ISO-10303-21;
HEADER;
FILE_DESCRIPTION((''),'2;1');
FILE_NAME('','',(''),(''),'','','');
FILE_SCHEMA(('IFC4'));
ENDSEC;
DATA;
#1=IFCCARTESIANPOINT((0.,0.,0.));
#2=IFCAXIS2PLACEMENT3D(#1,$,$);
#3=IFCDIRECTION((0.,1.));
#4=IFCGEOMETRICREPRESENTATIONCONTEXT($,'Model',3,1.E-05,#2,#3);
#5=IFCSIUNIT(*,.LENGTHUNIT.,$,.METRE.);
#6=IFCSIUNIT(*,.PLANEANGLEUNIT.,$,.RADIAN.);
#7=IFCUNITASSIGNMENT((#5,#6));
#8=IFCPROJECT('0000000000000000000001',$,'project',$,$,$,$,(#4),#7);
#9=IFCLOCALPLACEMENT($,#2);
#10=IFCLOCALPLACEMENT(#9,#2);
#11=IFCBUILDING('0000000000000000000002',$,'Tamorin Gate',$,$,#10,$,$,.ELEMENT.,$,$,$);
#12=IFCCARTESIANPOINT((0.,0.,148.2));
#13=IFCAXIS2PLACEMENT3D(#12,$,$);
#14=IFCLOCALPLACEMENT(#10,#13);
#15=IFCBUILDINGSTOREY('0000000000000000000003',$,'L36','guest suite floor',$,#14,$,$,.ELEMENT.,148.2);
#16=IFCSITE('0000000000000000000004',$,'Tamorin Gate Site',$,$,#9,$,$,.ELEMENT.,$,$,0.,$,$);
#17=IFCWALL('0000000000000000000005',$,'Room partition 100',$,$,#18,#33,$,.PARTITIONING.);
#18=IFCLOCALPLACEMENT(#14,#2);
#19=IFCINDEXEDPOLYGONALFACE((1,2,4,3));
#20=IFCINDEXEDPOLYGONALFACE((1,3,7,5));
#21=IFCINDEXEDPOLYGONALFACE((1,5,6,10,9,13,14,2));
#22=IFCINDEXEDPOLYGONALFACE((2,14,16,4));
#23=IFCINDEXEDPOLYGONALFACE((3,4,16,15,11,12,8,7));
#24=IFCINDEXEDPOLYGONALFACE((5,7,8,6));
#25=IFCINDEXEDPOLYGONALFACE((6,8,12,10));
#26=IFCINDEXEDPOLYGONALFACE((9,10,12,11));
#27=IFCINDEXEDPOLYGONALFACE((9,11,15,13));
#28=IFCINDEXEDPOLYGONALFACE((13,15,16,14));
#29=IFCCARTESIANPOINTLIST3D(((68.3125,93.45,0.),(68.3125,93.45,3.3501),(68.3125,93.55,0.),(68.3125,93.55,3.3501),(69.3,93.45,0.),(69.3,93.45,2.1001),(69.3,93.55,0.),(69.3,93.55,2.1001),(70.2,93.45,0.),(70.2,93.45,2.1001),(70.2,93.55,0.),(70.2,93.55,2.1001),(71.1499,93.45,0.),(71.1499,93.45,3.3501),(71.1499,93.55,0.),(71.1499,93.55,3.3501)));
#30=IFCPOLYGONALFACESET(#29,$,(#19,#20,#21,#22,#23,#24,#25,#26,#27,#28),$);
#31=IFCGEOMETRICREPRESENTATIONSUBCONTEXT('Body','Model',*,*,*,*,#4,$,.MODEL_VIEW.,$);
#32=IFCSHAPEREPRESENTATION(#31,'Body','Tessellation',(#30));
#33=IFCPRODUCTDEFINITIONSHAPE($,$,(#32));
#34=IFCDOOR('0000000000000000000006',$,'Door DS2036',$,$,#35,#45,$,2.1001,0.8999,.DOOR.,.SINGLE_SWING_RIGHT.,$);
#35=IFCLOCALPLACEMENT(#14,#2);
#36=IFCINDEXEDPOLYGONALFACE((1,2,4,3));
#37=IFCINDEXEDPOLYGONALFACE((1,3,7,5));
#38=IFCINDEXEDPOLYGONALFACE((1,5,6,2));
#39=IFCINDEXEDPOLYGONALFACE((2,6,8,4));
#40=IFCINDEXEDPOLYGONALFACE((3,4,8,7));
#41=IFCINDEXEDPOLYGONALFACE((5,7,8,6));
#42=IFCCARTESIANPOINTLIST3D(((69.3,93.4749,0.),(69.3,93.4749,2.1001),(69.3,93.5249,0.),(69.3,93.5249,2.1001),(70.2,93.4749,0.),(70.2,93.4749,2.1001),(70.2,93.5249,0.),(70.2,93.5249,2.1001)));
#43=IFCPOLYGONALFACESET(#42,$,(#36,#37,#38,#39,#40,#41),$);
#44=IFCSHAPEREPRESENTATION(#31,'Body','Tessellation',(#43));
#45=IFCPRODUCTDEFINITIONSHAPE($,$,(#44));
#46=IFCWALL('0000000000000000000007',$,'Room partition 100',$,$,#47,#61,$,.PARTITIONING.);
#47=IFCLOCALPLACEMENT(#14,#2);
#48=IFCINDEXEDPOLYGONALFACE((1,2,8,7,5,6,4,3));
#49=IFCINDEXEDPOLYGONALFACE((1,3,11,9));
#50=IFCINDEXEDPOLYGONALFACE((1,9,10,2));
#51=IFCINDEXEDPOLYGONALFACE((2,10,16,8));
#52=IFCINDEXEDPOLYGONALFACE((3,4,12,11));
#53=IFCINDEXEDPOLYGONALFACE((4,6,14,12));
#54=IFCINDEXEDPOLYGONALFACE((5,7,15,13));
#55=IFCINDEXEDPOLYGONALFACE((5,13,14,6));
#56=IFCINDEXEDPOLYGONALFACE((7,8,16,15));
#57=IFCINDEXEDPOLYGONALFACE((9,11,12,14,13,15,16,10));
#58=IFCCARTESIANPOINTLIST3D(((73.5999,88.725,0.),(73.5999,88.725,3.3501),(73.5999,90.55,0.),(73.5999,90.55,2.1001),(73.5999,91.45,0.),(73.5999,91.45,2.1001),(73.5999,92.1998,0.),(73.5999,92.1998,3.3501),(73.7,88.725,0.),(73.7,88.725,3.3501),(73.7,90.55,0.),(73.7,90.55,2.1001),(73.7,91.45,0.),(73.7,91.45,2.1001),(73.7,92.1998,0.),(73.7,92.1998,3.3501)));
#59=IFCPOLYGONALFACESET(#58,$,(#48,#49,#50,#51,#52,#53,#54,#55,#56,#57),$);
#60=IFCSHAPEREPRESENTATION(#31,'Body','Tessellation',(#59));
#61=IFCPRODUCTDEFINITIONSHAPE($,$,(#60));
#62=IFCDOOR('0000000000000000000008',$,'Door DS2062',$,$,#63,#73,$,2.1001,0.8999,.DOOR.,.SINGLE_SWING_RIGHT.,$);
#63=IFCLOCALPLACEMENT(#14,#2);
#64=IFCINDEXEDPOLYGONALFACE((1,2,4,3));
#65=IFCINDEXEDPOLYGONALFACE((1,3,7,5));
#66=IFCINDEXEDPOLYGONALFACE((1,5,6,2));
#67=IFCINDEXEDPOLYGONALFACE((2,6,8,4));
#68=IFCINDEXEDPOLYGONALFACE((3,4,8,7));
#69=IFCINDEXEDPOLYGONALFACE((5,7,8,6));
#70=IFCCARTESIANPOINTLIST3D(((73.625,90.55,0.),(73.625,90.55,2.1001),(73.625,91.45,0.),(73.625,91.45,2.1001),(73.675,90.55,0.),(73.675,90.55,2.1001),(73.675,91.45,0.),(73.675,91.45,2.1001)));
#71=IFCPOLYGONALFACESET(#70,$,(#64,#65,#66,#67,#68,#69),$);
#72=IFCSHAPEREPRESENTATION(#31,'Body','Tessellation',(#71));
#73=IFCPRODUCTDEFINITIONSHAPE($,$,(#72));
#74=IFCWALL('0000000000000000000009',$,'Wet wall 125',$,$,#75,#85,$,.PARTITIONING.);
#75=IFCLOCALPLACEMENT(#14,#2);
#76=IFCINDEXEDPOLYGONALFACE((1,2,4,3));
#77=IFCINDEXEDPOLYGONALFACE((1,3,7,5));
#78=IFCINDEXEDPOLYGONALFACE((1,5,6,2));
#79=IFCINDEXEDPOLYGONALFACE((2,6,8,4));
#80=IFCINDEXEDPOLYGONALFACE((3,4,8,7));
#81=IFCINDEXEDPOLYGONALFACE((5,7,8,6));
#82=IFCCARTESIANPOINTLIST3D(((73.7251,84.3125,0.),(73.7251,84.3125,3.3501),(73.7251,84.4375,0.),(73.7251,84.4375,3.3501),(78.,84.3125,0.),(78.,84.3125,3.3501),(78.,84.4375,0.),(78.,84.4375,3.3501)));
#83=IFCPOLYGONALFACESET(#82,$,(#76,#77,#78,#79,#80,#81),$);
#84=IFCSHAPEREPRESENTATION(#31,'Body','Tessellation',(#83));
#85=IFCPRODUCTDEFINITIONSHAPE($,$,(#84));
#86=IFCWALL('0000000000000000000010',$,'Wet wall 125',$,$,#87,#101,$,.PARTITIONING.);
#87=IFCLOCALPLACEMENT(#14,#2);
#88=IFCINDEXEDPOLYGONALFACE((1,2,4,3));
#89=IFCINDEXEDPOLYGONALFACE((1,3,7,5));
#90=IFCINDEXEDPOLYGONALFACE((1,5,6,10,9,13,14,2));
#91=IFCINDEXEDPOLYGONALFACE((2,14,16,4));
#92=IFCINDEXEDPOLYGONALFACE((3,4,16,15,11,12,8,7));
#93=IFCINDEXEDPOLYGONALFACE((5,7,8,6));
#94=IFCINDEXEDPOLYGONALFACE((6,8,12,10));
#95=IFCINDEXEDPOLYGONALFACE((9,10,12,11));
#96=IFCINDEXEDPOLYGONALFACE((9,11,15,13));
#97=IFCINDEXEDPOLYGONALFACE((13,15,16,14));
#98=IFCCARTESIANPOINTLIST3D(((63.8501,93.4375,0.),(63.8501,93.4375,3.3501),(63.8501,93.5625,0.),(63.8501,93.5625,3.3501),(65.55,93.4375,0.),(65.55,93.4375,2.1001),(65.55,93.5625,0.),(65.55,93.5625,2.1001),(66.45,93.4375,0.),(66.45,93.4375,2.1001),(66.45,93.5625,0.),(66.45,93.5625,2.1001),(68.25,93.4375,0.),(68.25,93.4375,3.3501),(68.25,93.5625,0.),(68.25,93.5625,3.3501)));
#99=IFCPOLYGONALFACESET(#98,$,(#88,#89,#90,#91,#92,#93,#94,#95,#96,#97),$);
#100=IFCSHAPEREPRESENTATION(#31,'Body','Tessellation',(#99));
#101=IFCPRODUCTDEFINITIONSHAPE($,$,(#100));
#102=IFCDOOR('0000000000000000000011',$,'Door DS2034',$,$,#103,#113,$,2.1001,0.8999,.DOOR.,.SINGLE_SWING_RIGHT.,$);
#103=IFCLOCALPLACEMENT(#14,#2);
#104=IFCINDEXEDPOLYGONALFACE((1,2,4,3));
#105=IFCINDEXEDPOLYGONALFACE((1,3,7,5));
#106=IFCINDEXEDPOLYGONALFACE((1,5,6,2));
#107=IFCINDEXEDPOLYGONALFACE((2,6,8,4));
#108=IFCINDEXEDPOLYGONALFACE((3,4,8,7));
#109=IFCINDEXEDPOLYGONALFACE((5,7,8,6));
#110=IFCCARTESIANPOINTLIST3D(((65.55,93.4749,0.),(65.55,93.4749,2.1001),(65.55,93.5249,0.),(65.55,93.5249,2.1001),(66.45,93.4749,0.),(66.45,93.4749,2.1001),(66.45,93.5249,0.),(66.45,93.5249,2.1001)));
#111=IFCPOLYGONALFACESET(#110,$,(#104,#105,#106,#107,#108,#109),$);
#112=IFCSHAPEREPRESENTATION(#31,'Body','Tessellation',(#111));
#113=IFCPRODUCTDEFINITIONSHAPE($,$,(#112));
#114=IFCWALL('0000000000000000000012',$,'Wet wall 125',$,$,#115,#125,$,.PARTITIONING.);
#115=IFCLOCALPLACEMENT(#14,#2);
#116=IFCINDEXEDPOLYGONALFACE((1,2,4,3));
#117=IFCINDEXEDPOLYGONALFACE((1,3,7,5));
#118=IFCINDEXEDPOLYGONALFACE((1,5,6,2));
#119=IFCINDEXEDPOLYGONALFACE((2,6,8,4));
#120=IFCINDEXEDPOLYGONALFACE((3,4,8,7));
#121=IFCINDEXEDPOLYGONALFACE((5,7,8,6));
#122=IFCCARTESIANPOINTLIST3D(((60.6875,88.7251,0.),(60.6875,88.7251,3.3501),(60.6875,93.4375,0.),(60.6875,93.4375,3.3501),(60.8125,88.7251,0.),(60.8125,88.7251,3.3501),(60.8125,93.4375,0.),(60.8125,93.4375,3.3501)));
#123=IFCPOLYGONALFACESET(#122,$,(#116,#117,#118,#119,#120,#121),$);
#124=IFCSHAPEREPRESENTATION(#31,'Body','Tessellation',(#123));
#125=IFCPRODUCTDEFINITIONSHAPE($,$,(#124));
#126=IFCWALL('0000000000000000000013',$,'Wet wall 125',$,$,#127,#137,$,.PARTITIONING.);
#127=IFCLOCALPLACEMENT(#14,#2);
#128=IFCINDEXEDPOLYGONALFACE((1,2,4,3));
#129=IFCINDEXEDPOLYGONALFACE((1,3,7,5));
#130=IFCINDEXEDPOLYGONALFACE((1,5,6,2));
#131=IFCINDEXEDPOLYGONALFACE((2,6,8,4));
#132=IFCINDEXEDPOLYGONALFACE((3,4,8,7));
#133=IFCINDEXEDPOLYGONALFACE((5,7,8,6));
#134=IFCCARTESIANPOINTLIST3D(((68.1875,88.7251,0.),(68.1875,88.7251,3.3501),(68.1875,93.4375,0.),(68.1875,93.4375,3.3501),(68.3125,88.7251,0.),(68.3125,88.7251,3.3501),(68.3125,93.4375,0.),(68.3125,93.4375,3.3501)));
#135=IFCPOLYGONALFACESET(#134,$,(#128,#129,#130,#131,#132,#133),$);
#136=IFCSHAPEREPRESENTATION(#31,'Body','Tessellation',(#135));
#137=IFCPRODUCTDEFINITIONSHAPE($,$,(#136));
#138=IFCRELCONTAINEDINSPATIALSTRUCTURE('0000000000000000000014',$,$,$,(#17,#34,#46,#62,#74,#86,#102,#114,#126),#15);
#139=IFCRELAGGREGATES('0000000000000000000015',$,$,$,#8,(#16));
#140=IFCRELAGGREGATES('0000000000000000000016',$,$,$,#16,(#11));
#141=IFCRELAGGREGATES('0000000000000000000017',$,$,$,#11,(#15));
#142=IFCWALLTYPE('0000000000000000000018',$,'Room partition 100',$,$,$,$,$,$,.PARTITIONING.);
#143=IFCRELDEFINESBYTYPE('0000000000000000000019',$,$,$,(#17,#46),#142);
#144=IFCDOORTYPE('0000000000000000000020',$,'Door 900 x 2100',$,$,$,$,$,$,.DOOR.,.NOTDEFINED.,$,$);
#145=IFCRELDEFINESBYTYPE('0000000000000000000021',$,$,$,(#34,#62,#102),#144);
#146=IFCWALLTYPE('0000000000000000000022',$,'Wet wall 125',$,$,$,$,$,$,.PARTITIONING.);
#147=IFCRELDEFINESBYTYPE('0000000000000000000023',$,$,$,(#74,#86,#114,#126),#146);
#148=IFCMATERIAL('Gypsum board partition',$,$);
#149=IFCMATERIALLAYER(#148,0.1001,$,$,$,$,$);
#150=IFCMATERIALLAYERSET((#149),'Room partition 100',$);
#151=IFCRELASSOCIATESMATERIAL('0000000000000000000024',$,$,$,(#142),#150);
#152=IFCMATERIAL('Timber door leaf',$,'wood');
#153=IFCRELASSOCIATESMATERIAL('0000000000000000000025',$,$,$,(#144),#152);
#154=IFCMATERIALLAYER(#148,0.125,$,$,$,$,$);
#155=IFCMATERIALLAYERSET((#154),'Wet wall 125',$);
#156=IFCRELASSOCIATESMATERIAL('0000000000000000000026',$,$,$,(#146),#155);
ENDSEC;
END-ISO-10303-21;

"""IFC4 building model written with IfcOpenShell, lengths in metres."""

from ifc_helpers import new_model, si_unit, direction, frame, frame_2d, origin, place, context, subcontext, project, spatial, rectangle, extrude, material, layer, layer_set, type_object, element, fill, save


model = new_model("IFC4")

# Units and contexts
model_context = context("Model", 3, precision=1e-05, world=origin(), true_north=direction((0.0, 1.0)))
body_context = subcontext(model_context, "Body", "Model", "MODEL_VIEW")
ifc_project = project(units=[si_unit("LENGTHUNIT", "METRE"), si_unit("PLANEANGLEUNIT", "RADIAN")], contexts=[model_context])

# Site, building, storey
site_placement = place(None, origin())
site = spatial("IfcSite", under=ifc_project, at=site_placement, Name="Tamorin Gate Site", CompositionType="ELEMENT", RefElevation=0.0)
building_placement = place(site_placement, origin())
building = spatial("IfcBuilding", under=site, at=building_placement, Name="Tamorin Gate", CompositionType="ELEMENT")
storey_placement = place(building_placement, frame((0.0, 0.0, 148.2)))
storey = spatial("IfcBuildingStorey", under=building, at=storey_placement, Name="L36", Description="guest suite floor", CompositionType="ELEMENT", Elevation=148.2)

# Shared definitions
ifc_material_1 = material(Name="Gypsum board partition")

# Walls, openings, doors
ifc_layer_1 = layer(ifc_material_1, 0.1001)
ifc_layer_set_1 = layer_set([ifc_layer_1], Name="Room partition 100")
wall_type_1 = type_object("IfcWallType", Name="Room partition 100", PredefinedType="PARTITIONING", material=ifc_layer_set_1)
ifc_material_2 = material(Name="Timber door leaf", Category="wood")
door_type = type_object("IfcDoorType", Name="Door 900 x 2100", OperationType="NOTDEFINED", PredefinedType="DOOR", material=ifc_material_2)
wall_1_placement = place(storey_placement, frame((68.3125, 93.5, 0.0), z_axis=(0.0, 0.0, 1.0), x_axis=(1.0, 0.0, 0.0)))
wall_1 = element("IfcWall", 1, at=wall_1_placement, inside=storey, type_object=wall_type_1, Name="Room partition 100", PredefinedType="PARTITIONING", context=body_context, shape_type="SweptSolid", body=[
    extrude(rectangle(XDim=2.8374, YDim=0.1001, at=frame_2d((1.4187, 0.0))), origin(), (0.0, 0.0, 1.0), 3.3501),
])
opening_1_placement = place(wall_1_placement, frame((0.9875, 0.0, 0.0)))
opening_1 = element("IfcOpeningElement", 2, at=opening_1_placement, cuts=wall_1, PredefinedType="OPENING", context=body_context, shape_type="SweptSolid", body=[
    extrude(rectangle(XDim=0.8999, YDim=2.1001, at=frame_2d((0.45, 1.05))), frame((0.0, 0.0601, 0.0), z_axis=(0.0, -1.0, 0.0), x_axis=(1.0, 0.0, 0.0)), (0.0, 0.0, 1.0), 0.1201),
])
door_1_placement = place(opening_1_placement, origin())
door_1 = element("IfcDoor", 3, at=door_1_placement, inside=storey, type_object=door_type, Name="Door DS2036", OperationType="SINGLE_SWING_RIGHT", OverallHeight=2.1001, OverallWidth=0.8999, PredefinedType="DOOR", context=body_context, shape_type="SweptSolid", body=[
    extrude(rectangle(XDim=0.8999, YDim=2.1001, at=frame_2d((0.45, 1.05))), frame((0.0, 0.0249, 0.0), z_axis=(0.0, -1.0, 0.0), x_axis=(1.0, 0.0, 0.0)), (0.0, 0.0, 1.0), 0.05),
])
fill(opening_1, door_1)
wall_2_placement = place(storey_placement, frame((73.6499, 88.7251, 0.0), z_axis=(0.0, 0.0, 1.0), x_axis=(0.0, 1.0, 0.0)))
wall_2 = element("IfcWall", 4, at=wall_2_placement, inside=storey, type_object=wall_type_1, Name="Room partition 100", PredefinedType="PARTITIONING", context=body_context, shape_type="SweptSolid", body=[
    extrude(rectangle(XDim=3.4749, YDim=0.1001, at=frame_2d((1.7373, 0.0))), origin(), (0.0, 0.0, 1.0), 3.3501),
])
opening_2_placement = place(wall_2_placement, frame((1.825, 0.0, 0.0)))
opening_2 = element("IfcOpeningElement", 5, at=opening_2_placement, cuts=wall_2, PredefinedType="OPENING", context=body_context, shape_type="SweptSolid", body=[
    extrude(rectangle(XDim=0.8999, YDim=2.1001, at=frame_2d((0.45, 1.05))), frame((0.0, 0.0601, 0.0), z_axis=(0.0, -1.0, 0.0), x_axis=(1.0, 0.0, 0.0)), (0.0, 0.0, 1.0), 0.1201),
])
door_2_placement = place(opening_2_placement, origin())
door_2 = element("IfcDoor", 6, at=door_2_placement, inside=storey, type_object=door_type, Name="Door DS2062", OperationType="SINGLE_SWING_RIGHT", OverallHeight=2.1001, OverallWidth=0.8999, PredefinedType="DOOR", context=body_context, shape_type="SweptSolid", body=[
    extrude(rectangle(XDim=0.8999, YDim=2.1001, at=frame_2d((0.45, 1.05))), frame((0.0, 0.0249, 0.0), z_axis=(0.0, -1.0, 0.0), x_axis=(1.0, 0.0, 0.0)), (0.0, 0.0, 1.0), 0.05),
])
fill(opening_2, door_2)

# Wall
ifc_layer_2 = layer(ifc_material_1, 0.125)
ifc_layer_set_2 = layer_set([ifc_layer_2], Name="Wet wall 125")
wall_type_2 = type_object("IfcWallType", Name="Wet wall 125", PredefinedType="PARTITIONING", material=ifc_layer_set_2)
wall_3_placement = place(storey_placement, frame((73.7251, 84.375, 0.0), z_axis=(0.0, 0.0, 1.0), x_axis=(1.0, 0.0, 0.0)))
element("IfcWall", 7, at=wall_3_placement, inside=storey, type_object=wall_type_2, Name="Wet wall 125", PredefinedType="PARTITIONING", context=body_context, shape_type="SweptSolid", body=[
    extrude(rectangle(XDim=4.2749, YDim=0.125, at=frame_2d((2.1375, 0.0))), origin(), (0.0, 0.0, 1.0), 3.3501),
])

# Wall, opening, door
wall_4_placement = place(storey_placement, frame((63.8501, 93.5, 0.0), z_axis=(0.0, 0.0, 1.0), x_axis=(1.0, 0.0, 0.0)))
wall_4 = element("IfcWall", 8, at=wall_4_placement, inside=storey, type_object=wall_type_2, Name="Wet wall 125", PredefinedType="PARTITIONING", context=body_context, shape_type="SweptSolid", body=[
    extrude(rectangle(XDim=4.3999, YDim=0.125, at=frame_2d((2.2, 0.0))), origin(), (0.0, 0.0, 1.0), 3.3501),
])
opening_3_placement = place(wall_4_placement, frame((1.7, 0.0, 0.0)))
opening_3 = element("IfcOpeningElement", 9, at=opening_3_placement, cuts=wall_4, PredefinedType="OPENING", context=body_context, shape_type="SweptSolid", body=[
    extrude(rectangle(XDim=0.8999, YDim=2.1001, at=frame_2d((0.45, 1.05))), frame((0.0, 0.0725, 0.0), z_axis=(0.0, -1.0, 0.0), x_axis=(1.0, 0.0, 0.0)), (0.0, 0.0, 1.0), 0.145),
])
door_3_placement = place(opening_3_placement, origin())
door_3 = element("IfcDoor", 10, at=door_3_placement, inside=storey, type_object=door_type, Name="Door DS2034", OperationType="SINGLE_SWING_RIGHT", OverallHeight=2.1001, OverallWidth=0.8999, PredefinedType="DOOR", context=body_context, shape_type="SweptSolid", body=[
    extrude(rectangle(XDim=0.8999, YDim=2.1001, at=frame_2d((0.45, 1.05))), frame((0.0, 0.0249, 0.0), z_axis=(0.0, -1.0, 0.0), x_axis=(1.0, 0.0, 0.0)), (0.0, 0.0, 1.0), 0.05),
])
fill(opening_3, door_3)

# Walls
for number, where, z_axis, x_axis, name in (
    (11, (60.75, 88.7251, 0.0), (0.0, 0.0, 1.0), (0.0, 1.0, 0.0), "Wet wall 125"),
    (12, (68.25, 88.7251, 0.0), (0.0, 0.0, 1.0), (0.0, 1.0, 0.0), "Wet wall 125"),
):
    element("IfcWall", number, at=place(storey_placement, frame(where, z_axis=z_axis, x_axis=x_axis)), inside=storey, type_object=wall_type_2, Name=name, PredefinedType="PARTITIONING", context=body_context, shape_type="SweptSolid", body=[
        extrude(rectangle(XDim=4.7124, YDim=0.125, at=frame_2d((2.3562, 0.0))), origin(), (0.0, 0.0, 1.0), 3.3501),
    ])

save(model, "model.ifc")
